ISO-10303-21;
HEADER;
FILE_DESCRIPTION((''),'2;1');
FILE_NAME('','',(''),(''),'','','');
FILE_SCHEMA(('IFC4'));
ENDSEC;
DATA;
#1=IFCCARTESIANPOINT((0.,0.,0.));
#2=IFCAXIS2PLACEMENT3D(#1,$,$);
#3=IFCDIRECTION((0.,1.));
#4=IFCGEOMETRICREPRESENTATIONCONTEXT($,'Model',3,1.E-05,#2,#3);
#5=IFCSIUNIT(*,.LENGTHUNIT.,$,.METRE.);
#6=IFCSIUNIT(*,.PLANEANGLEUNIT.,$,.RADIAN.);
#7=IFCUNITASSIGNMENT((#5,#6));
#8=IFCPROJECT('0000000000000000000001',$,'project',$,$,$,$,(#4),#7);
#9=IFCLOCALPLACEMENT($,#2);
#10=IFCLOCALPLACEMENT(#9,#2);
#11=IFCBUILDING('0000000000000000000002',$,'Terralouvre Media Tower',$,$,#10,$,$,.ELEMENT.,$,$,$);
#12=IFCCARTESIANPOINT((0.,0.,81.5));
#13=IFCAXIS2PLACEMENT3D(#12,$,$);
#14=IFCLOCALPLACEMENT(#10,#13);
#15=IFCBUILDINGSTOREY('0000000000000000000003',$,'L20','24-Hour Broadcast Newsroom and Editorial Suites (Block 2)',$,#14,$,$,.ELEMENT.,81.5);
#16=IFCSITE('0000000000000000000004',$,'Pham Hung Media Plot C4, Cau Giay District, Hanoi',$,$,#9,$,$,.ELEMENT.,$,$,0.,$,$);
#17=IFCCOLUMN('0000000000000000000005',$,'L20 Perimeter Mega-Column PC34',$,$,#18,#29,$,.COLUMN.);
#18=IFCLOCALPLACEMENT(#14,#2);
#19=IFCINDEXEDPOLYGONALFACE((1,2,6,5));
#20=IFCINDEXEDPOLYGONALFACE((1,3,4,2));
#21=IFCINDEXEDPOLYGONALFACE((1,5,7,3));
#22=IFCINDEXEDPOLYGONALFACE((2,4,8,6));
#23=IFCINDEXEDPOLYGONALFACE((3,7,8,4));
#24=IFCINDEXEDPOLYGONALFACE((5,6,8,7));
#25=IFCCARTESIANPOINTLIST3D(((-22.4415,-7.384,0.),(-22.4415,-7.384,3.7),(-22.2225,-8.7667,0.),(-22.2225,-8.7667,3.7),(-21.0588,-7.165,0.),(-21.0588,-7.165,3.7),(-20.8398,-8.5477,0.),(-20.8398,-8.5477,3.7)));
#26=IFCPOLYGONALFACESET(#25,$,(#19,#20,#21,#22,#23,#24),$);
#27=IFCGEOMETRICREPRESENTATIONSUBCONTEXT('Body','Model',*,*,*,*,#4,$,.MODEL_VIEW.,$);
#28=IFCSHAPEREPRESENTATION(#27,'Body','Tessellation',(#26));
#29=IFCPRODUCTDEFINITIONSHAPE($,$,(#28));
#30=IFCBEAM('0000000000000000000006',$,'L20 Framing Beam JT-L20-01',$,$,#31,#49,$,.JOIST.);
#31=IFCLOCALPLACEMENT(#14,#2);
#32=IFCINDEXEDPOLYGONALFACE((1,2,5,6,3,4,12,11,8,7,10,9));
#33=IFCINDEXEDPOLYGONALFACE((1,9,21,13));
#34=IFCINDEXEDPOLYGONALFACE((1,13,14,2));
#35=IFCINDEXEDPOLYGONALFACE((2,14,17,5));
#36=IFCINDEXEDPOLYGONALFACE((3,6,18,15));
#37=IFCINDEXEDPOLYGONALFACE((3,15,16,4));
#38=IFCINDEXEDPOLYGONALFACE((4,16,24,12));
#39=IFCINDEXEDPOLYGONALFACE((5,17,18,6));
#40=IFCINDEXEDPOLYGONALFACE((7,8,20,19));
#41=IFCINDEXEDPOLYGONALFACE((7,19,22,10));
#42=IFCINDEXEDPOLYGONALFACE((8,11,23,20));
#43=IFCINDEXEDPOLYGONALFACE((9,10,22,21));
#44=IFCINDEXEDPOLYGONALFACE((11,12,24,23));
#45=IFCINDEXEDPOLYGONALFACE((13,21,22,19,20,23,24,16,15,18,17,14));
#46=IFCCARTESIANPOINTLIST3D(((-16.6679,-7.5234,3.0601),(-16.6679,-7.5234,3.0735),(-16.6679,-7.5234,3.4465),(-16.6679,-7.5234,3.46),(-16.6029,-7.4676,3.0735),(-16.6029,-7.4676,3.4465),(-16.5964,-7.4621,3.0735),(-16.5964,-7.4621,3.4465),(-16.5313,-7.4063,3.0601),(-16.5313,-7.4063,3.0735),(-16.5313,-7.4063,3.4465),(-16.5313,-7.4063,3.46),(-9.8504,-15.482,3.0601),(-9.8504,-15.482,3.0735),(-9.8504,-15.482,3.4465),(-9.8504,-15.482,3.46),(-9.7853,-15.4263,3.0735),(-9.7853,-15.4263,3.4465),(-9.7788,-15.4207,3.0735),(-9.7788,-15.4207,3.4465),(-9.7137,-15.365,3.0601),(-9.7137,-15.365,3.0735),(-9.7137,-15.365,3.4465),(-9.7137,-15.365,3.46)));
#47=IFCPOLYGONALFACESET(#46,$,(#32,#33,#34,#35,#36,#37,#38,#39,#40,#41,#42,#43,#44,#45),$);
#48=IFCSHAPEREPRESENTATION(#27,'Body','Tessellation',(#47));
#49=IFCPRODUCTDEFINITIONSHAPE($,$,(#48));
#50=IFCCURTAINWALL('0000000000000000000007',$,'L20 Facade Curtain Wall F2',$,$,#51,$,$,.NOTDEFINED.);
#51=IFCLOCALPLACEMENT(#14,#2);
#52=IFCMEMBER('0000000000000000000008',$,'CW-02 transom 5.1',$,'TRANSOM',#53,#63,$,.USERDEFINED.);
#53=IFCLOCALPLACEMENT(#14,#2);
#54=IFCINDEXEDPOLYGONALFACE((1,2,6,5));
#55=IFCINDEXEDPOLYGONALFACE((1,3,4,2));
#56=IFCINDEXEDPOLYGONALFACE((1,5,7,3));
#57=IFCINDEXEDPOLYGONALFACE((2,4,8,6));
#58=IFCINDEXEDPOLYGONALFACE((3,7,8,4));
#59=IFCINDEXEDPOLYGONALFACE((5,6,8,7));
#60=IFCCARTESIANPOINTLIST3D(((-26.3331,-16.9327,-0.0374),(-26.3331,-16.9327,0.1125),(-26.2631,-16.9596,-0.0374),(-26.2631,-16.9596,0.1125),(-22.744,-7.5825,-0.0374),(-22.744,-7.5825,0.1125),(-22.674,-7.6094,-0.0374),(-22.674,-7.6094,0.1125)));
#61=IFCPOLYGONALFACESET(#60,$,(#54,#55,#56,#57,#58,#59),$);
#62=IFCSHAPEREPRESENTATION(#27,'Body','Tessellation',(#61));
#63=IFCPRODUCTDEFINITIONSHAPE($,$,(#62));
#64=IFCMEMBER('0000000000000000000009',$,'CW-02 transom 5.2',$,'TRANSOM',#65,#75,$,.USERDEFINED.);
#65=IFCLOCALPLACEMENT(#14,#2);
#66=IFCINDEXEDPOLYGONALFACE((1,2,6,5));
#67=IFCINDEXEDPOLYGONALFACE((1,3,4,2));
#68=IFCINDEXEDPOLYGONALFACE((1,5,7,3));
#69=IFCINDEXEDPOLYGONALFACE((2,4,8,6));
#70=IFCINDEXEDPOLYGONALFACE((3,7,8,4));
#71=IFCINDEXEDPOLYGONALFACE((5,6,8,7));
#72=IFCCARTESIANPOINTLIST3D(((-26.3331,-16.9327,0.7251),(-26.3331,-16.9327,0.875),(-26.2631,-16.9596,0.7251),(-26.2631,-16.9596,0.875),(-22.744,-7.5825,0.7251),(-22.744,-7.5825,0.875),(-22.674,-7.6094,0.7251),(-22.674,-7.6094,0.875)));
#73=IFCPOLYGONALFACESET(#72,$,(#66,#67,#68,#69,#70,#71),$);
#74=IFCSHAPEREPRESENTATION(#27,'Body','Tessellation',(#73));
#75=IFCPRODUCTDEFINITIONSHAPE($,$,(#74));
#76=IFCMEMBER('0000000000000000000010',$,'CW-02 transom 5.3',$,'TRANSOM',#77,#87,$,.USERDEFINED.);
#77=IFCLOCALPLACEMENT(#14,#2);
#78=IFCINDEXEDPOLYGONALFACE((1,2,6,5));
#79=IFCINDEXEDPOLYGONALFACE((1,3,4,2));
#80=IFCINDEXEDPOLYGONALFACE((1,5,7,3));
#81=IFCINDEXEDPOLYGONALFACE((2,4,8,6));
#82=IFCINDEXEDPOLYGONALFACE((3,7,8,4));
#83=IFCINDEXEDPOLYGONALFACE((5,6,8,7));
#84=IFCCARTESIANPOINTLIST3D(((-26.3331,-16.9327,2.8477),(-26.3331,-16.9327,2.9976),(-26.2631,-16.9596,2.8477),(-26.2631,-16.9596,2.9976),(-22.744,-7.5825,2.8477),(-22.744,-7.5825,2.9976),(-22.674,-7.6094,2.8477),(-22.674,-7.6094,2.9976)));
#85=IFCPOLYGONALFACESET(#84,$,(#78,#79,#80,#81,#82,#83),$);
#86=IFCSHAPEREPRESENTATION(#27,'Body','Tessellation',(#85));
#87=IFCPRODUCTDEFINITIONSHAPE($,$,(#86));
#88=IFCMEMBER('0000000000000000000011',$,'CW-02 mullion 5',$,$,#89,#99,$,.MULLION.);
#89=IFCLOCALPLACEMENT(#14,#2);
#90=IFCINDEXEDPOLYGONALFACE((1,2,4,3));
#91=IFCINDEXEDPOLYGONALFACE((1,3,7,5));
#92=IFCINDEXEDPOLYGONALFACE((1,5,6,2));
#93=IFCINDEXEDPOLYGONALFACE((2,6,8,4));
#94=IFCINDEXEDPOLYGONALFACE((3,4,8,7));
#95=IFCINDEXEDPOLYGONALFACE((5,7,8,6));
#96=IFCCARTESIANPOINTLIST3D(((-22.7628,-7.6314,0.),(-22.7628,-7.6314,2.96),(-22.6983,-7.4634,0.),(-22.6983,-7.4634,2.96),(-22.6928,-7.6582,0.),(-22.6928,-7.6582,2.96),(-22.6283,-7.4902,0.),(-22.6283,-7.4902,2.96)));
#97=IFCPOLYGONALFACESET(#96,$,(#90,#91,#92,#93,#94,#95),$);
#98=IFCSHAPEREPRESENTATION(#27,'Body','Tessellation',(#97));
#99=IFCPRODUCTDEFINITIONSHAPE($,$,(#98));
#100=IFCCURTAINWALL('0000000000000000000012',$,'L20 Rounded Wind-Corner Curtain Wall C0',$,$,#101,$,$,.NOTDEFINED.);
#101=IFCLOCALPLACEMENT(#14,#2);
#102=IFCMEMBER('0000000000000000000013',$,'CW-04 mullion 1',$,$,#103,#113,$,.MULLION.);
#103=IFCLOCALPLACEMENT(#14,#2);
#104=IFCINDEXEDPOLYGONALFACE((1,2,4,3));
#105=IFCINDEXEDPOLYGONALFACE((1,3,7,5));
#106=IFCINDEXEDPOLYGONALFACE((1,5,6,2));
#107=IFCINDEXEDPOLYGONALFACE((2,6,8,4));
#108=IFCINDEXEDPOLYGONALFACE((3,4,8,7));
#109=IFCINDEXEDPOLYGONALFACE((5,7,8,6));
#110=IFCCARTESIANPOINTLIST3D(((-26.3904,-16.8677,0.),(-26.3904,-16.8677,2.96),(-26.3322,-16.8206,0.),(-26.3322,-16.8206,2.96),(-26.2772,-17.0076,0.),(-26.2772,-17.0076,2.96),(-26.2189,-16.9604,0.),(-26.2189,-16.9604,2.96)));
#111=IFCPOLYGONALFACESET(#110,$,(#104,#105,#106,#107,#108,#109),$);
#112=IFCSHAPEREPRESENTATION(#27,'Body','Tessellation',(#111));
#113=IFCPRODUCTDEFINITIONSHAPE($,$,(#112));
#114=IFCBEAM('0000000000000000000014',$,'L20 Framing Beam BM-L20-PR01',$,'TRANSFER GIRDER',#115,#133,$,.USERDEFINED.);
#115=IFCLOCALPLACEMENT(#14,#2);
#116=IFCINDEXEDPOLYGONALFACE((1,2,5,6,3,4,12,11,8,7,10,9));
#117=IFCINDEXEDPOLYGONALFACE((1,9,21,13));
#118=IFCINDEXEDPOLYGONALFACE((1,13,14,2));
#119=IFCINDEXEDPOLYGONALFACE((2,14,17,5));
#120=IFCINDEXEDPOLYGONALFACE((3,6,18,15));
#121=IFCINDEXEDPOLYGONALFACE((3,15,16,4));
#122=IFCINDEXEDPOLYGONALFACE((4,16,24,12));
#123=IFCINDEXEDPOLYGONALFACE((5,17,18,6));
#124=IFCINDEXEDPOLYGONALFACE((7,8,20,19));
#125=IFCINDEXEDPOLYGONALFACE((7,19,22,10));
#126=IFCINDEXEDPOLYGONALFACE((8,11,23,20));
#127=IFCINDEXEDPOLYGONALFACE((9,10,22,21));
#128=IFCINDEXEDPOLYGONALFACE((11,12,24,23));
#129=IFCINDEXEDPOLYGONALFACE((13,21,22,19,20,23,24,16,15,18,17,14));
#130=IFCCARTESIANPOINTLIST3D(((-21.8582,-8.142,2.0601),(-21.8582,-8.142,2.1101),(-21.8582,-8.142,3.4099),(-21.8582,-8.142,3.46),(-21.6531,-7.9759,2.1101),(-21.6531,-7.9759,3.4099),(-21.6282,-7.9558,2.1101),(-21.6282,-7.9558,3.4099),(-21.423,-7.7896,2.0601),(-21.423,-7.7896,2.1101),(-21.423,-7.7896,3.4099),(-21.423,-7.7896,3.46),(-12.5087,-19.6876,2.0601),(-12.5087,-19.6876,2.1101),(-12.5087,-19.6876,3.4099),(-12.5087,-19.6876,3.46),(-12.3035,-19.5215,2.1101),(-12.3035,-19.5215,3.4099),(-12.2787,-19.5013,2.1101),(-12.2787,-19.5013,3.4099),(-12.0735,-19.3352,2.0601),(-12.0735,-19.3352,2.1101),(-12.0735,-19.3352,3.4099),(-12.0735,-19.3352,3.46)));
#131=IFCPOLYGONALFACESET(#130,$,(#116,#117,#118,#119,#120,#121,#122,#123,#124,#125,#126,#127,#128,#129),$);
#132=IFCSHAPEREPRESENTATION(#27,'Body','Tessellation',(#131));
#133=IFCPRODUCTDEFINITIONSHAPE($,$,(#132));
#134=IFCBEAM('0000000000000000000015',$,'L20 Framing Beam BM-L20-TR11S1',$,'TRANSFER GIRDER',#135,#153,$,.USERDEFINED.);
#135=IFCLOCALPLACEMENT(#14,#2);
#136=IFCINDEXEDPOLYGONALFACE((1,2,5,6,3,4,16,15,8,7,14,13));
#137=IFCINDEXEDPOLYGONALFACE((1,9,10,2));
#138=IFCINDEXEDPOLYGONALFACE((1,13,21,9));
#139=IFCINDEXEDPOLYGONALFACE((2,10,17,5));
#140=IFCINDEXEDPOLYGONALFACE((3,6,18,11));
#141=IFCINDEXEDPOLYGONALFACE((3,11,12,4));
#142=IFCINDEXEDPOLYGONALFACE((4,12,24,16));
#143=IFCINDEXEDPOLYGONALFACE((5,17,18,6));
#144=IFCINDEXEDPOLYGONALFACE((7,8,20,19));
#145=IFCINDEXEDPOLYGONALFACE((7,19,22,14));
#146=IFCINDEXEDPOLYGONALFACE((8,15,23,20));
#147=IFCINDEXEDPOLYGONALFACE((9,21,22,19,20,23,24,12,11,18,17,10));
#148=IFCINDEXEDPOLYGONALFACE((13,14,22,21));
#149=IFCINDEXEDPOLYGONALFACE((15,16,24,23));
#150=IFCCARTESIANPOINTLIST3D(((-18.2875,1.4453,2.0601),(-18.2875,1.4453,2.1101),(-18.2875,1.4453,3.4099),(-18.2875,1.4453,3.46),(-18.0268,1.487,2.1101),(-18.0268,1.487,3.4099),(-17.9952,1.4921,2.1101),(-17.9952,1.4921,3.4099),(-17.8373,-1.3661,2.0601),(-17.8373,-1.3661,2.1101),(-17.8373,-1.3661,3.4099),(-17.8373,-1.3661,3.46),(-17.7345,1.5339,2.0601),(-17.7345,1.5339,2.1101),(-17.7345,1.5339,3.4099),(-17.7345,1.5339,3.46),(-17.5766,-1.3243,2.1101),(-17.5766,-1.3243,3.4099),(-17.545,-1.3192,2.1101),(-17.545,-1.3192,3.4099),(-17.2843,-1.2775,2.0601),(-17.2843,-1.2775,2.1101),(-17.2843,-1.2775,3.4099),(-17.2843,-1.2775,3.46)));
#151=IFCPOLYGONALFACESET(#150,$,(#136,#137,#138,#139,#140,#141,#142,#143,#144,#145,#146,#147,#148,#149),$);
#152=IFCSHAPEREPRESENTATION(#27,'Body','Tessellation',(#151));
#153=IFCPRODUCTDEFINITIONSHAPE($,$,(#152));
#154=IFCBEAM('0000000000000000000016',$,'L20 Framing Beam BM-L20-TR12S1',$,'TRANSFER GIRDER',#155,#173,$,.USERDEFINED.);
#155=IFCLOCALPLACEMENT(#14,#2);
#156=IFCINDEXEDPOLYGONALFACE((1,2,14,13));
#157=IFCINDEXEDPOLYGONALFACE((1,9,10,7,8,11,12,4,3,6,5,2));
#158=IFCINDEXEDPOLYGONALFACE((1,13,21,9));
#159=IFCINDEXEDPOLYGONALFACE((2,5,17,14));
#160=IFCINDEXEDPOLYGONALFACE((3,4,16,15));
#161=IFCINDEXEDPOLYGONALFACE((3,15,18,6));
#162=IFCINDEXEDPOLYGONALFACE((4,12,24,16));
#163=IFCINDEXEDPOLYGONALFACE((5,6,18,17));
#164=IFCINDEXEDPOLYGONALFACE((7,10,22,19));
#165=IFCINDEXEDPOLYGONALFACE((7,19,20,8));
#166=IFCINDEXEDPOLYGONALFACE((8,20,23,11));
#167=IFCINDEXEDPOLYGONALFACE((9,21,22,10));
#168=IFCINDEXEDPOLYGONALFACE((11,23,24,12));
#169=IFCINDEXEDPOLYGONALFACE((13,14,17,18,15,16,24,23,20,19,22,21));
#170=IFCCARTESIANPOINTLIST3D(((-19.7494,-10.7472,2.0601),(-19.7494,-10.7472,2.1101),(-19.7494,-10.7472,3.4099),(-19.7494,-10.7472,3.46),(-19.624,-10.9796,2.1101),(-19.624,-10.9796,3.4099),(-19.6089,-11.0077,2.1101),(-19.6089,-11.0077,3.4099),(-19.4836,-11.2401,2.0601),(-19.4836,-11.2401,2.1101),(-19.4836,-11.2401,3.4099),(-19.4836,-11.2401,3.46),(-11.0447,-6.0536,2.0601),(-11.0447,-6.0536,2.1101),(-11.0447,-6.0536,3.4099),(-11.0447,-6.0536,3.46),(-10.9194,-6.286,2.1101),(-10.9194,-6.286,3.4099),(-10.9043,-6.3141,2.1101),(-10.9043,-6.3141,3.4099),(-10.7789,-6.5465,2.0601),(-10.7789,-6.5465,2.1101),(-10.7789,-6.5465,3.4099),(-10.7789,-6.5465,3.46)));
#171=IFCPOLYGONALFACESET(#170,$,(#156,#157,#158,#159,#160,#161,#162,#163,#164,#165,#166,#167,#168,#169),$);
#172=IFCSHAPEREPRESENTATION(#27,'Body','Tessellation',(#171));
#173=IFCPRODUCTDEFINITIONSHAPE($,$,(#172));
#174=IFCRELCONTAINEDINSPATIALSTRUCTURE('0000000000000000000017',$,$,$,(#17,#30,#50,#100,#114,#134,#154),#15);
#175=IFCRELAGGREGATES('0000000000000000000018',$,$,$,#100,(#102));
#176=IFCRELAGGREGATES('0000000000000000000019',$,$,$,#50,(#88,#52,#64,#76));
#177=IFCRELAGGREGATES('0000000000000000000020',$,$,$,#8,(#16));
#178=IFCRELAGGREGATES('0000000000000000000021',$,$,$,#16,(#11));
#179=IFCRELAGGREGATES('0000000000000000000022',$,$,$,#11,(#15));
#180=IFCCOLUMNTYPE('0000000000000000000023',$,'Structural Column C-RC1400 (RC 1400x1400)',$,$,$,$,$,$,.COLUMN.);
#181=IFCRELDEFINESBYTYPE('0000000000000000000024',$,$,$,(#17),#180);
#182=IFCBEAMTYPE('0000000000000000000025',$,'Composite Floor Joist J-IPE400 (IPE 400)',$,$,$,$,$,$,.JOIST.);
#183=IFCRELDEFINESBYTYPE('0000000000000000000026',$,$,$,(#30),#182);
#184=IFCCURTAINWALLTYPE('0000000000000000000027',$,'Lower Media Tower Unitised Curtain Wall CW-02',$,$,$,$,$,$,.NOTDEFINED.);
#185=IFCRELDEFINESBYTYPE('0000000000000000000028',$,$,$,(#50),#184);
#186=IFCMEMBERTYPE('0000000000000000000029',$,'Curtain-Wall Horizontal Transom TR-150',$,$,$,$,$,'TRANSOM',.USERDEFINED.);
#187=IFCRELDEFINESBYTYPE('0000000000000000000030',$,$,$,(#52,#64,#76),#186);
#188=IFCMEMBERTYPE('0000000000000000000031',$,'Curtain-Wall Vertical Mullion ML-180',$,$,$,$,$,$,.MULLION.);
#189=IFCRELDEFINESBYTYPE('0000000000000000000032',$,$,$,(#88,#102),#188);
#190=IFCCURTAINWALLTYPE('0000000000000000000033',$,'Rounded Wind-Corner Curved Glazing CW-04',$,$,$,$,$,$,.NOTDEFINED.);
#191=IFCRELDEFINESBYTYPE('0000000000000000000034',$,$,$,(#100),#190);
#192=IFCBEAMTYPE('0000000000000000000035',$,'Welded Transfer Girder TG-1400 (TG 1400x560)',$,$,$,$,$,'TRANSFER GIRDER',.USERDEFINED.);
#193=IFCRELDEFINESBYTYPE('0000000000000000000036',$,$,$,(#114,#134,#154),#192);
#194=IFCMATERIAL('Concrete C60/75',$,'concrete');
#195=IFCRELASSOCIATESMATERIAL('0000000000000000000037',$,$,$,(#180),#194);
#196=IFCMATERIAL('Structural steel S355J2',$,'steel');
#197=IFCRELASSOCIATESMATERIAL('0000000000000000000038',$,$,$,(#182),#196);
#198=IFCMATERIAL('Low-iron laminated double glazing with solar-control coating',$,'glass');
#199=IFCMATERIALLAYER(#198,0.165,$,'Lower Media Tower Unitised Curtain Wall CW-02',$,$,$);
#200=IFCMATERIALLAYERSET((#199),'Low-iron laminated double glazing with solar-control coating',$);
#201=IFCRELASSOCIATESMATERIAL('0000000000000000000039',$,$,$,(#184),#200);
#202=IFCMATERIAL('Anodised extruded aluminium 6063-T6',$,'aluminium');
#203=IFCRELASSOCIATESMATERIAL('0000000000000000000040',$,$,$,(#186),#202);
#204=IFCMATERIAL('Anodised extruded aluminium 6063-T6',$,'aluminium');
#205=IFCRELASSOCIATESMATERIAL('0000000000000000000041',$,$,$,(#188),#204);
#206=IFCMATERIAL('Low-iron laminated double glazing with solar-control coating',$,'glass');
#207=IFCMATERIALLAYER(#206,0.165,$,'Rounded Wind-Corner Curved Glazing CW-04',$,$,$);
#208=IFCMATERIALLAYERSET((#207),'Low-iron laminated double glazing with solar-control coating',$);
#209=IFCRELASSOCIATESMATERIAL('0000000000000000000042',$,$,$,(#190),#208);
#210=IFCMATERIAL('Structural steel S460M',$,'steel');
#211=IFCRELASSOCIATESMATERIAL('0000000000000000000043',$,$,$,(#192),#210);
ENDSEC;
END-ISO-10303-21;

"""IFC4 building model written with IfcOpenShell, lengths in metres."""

from ifc_helpers import new_model, si_unit, direction, frame, origin, origin_2d, place, context, subcontext, project, spatial, rectangle, i_section, extrude, material, layer, layer_set, material_profile, profile_set, type_object, element, aggregate, save


model = new_model("IFC4")

# Units and contexts
model_context = context("Model", 3, precision=1e-05, world=origin(), true_north=direction((0.0, 1.0)))
body_context = subcontext(model_context, "Body", "Model", "MODEL_VIEW")
ifc_project = project(units=[si_unit("LENGTHUNIT", "METRE"), si_unit("PLANEANGLEUNIT", "RADIAN")], contexts=[model_context])

# Site, building, storey
site_placement = place(None, origin())
site = spatial("IfcSite", under=ifc_project, at=site_placement, Name="Pham Hung Media Plot C4, Cau Giay District, Hanoi", CompositionType="ELEMENT", RefElevation=0.0)
building_placement = place(site_placement, origin())
building = spatial("IfcBuilding", under=site, at=building_placement, Name="Terralouvre Media Tower", CompositionType="ELEMENT")
storey_placement = place(building_placement, frame((0.0, 0.0, 81.5)))
storey = spatial("IfcBuildingStorey", under=building, at=storey_placement, Name="L20", Description="24-Hour Broadcast Newsroom and Editorial Suites (Block 2)", CompositionType="ELEMENT", Elevation=81.5)

# Column
ifc_material_1 = material(Name="Concrete C60/75", Category="concrete")
ifc_material_profile_1 = material_profile(ifc_material_1, rectangle(XDim=1.3999, YDim=1.3999, at=origin_2d()), Name="RC 1400x1400")
ifc_profile_set_1 = profile_set([ifc_material_profile_1], Name="Concrete C60/75")
column_type = type_object("IfcColumnType", Name="Structural Column C-RC1400 (RC 1400x1400)", PredefinedType="COLUMN", material=ifc_profile_set_1)
column_placement = place(storey_placement, frame((-21.6406, -7.9658, 0.0), z_axis=(0.0, 0.0, 1.0), x_axis=(0.987688, 0.156434, 0.0)))
element("IfcColumn", 1, at=column_placement, inside=storey, type_object=column_type, Name="L20 Perimeter Mega-Column PC34", PredefinedType="COLUMN", context=body_context, shape_type="SweptSolid", body=[
    extrude(rectangle(XDim=1.3999, YDim=1.3999, at=origin_2d()), origin(), (0.0, 0.0, 1.0), 3.7),
])

# Beam
ifc_material_2 = material(Name="Structural steel S355J2", Category="steel")
ifc_material_profile_2 = material_profile(ifc_material_2, i_section(OverallWidth=0.1799, OverallDepth=0.3999, WebThickness=0.0085, FlangeThickness=0.0134, at=origin_2d()), Name="IPE 400")
ifc_profile_set_2 = profile_set([ifc_material_profile_2], Name="Structural steel S355J2")
beam_type_1 = type_object("IfcBeamType", Name="Composite Floor Joist J-IPE400 (IPE 400)", PredefinedType="JOIST", material=ifc_profile_set_2)
beam_1_placement = place(storey_placement, frame((-16.5996, -7.4648, 3.26), z_axis=(0.650563, -0.759452, 0.0), x_axis=(0.759452, 0.650563, 0.0)))
element("IfcBeam", 2, at=beam_1_placement, inside=storey, type_object=beam_type_1, Name="L20 Framing Beam JT-L20-01", PredefinedType="JOIST", context=body_context, shape_type="SweptSolid", body=[
    extrude(i_section(OverallWidth=0.1799, OverallDepth=0.3999, WebThickness=0.0085, FlangeThickness=0.0134, at=origin_2d()), origin(), (0.0, 0.0, 1.0), 10.4795),
])

# Curtain wall, members
ifc_material_3 = material(Name="Low-iron laminated double glazing with solar-control coating", Category="glass")
ifc_layer_1 = layer(ifc_material_3, 0.165, Name="Lower Media Tower Unitised Curtain Wall CW-02")
ifc_layer_set_1 = layer_set([ifc_layer_1], Name="Low-iron laminated double glazing with solar-control coating")
curtain_wall_type_1 = type_object("IfcCurtainWallType", Name="Lower Media Tower Unitised Curtain Wall CW-02", PredefinedType="NOTDEFINED", material=ifc_layer_set_1)
curtain_wall_1_placement = place(storey_placement, origin())
curtain_wall_1 = element("IfcCurtainWall", 3, at=curtain_wall_1_placement, inside=storey, type_object=curtain_wall_type_1, Name="L20 Facade Curtain Wall F2", PredefinedType="NOTDEFINED")
ifc_material_4 = material(Name="Anodised extruded aluminium 6063-T6", Category="aluminium")
ifc_material_profile_3 = material_profile(ifc_material_4, rectangle(XDim=0.075, YDim=0.1499, at=origin_2d()), Name="ALU 75x150")
ifc_profile_set_3 = profile_set([ifc_material_profile_3], Name="Anodised extruded aluminium 6063-T6")
member_type_1 = type_object("IfcMemberType", Name="Curtain-Wall Horizontal Transom TR-150", ElementType="TRANSOM", PredefinedType="USERDEFINED", material=ifc_profile_set_3)
member_1_placement = place(storey_placement, frame((-22.709, -7.5959, 0.0376), z_axis=(-0.358363, -0.933582, 0.0), x_axis=(0.933582, -0.358363, 0.0)))
member_1 = element("IfcMember", 4, at=member_1_placement, type_object=member_type_1, Name="CW-02 transom 5.1", ObjectType="TRANSOM", PredefinedType="USERDEFINED", context=body_context, shape_type="SweptSolid", body=[
    extrude(rectangle(XDim=0.075, YDim=0.1499, at=origin_2d()), origin(), (0.0, 0.0, 1.0), 10.0154),
])
member_2_placement = place(storey_placement, frame((-22.709, -7.5959, 0.8), z_axis=(-0.358363, -0.933582, 0.0), x_axis=(0.933582, -0.358363, 0.0)))
member_2 = element("IfcMember", 5, at=member_2_placement, type_object=member_type_1, Name="CW-02 transom 5.2", ObjectType="TRANSOM", PredefinedType="USERDEFINED", context=body_context, shape_type="SweptSolid", body=[
    extrude(rectangle(XDim=0.075, YDim=0.1499, at=origin_2d()), origin(), (0.0, 0.0, 1.0), 10.0154),
])
member_3_placement = place(storey_placement, frame((-22.709, -7.5959, 2.9226), z_axis=(-0.358363, -0.933582, 0.0), x_axis=(0.933582, -0.358363, 0.0)))
member_3 = element("IfcMember", 6, at=member_3_placement, type_object=member_type_1, Name="CW-02 transom 5.3", ObjectType="TRANSOM", PredefinedType="USERDEFINED", context=body_context, shape_type="SweptSolid", body=[
    extrude(rectangle(XDim=0.075, YDim=0.1499, at=origin_2d()), origin(), (0.0, 0.0, 1.0), 10.0154),
])
ifc_material_5 = material(Name="Anodised extruded aluminium 6063-T6", Category="aluminium")
ifc_material_profile_4 = material_profile(ifc_material_5, rectangle(XDim=0.075, YDim=0.1799, at=origin_2d()), Name="ALU 75x180")
ifc_profile_set_4 = profile_set([ifc_material_profile_4], Name="Anodised extruded aluminium 6063-T6")
member_type_2 = type_object("IfcMemberType", Name="Curtain-Wall Vertical Mullion ML-180", PredefinedType="MULLION", material=ifc_profile_set_4)
member_4_placement = place(storey_placement, frame((-22.6956, -7.5608, 0.0), z_axis=(0.0, 0.0, 1.0), x_axis=(0.93358, -0.358368, 0.0)))
member_4 = element("IfcMember", 7, at=member_4_placement, type_object=member_type_2, Name="CW-02 mullion 5", PredefinedType="MULLION", context=body_context, shape_type="SweptSolid", body=[
    extrude(rectangle(XDim=0.075, YDim=0.1799, at=origin_2d()), origin(), (0.0, 0.0, 1.0), 2.96),
])

# Curtain wall, member
ifc_material_6 = material(Name="Low-iron laminated double glazing with solar-control coating", Category="glass")
ifc_layer_2 = layer(ifc_material_6, 0.165, Name="Rounded Wind-Corner Curved Glazing CW-04")
ifc_layer_set_2 = layer_set([ifc_layer_2], Name="Low-iron laminated double glazing with solar-control coating")
curtain_wall_type_2 = type_object("IfcCurtainWallType", Name="Rounded Wind-Corner Curved Glazing CW-04", PredefinedType="NOTDEFINED", material=ifc_layer_set_2)
curtain_wall_2_placement = place(storey_placement, origin())
curtain_wall_2 = element("IfcCurtainWall", 8, at=curtain_wall_2_placement, inside=storey, type_object=curtain_wall_type_2, Name="L20 Rounded Wind-Corner Curtain Wall C0", PredefinedType="NOTDEFINED")
member_5_placement = place(storey_placement, frame((-26.3047, -16.9141, 0.0), z_axis=(0.0, 0.0, 1.0), x_axis=(0.777146, 0.62932, 0.0)))
member_5 = element("IfcMember", 9, at=member_5_placement, type_object=member_type_2, Name="CW-04 mullion 1", PredefinedType="MULLION", context=body_context, shape_type="SweptSolid", body=[
    extrude(rectangle(XDim=0.075, YDim=0.1799, at=origin_2d()), origin(), (0.0, 0.0, 1.0), 2.96),
])
aggregate(curtain_wall_2, [member_5])

# Beams
ifc_material_7 = material(Name="Structural steel S460M", Category="steel")
ifc_material_profile_5 = material_profile(ifc_material_7, i_section(OverallWidth=0.5601, OverallDepth=1.3999, WebThickness=0.032, FlangeThickness=0.05, at=origin_2d()), Name="TG 1400x560")
ifc_profile_set_5 = profile_set([ifc_material_profile_5], Name="Structural steel S460M")
beam_type_2 = type_object("IfcBeamType", Name="Welded Transfer Girder TG-1400 (TG 1400x560)", ElementType="TRANSFER GIRDER", PredefinedType="USERDEFINED", material=ifc_profile_set_5)
beam_2_placement = place(storey_placement, frame((-21.6406, -7.9658, 2.76), z_axis=(0.629325, -0.777142, 0.0), x_axis=(0.777142, 0.629325, 0.0)))
element("IfcBeam", 10, at=beam_2_placement, inside=storey, type_object=beam_type_2, Name="L20 Framing Beam BM-L20-PR01", ObjectType="TRANSFER GIRDER", PredefinedType="USERDEFINED", context=body_context, shape_type="SweptSolid", body=[
    extrude(i_section(OverallWidth=0.5601, OverallDepth=1.3999, WebThickness=0.032, FlangeThickness=0.05, at=origin_2d()), origin(), (0.0, 0.0, 1.0), 14.8564),
])
beam_3_placement = place(storey_placement, frame((-17.5608, -1.3218, 2.76), z_axis=(-0.158124, 0.987419, 0.0), x_axis=(-0.987419, -0.158124, 0.0)))
element("IfcBeam", 11, at=beam_3_placement, inside=storey, type_object=beam_type_2, Name="L20 Framing Beam BM-L20-TR11S1", ObjectType="TRANSFER GIRDER", PredefinedType="USERDEFINED", context=body_context, shape_type="SweptSolid", body=[
    extrude(i_section(OverallWidth=0.5601, OverallDepth=1.3999, WebThickness=0.032, FlangeThickness=0.05, at=origin_2d()), origin(), (0.0, 0.0, 1.0), 2.8472),
])
beam_4_placement = place(storey_placement, frame((-19.6165, -10.9937, 2.76), z_axis=(0.880196, 0.474611, 0.0), x_axis=(-0.474611, 0.880196, 0.0)))
element("IfcBeam", 12, at=beam_4_placement, inside=storey, type_object=beam_type_2, Name="L20 Framing Beam BM-L20-TR12S1", ObjectType="TRANSFER GIRDER", PredefinedType="USERDEFINED", context=body_context, shape_type="SweptSolid", body=[
    extrude(i_section(OverallWidth=0.5601, OverallDepth=1.3999, WebThickness=0.032, FlangeThickness=0.05, at=origin_2d()), origin(), (0.0, 0.0, 1.0), 9.8894),
])

aggregate(curtain_wall_1, [member_4, member_1, member_2, member_3])

save(model, "model.ifc")
